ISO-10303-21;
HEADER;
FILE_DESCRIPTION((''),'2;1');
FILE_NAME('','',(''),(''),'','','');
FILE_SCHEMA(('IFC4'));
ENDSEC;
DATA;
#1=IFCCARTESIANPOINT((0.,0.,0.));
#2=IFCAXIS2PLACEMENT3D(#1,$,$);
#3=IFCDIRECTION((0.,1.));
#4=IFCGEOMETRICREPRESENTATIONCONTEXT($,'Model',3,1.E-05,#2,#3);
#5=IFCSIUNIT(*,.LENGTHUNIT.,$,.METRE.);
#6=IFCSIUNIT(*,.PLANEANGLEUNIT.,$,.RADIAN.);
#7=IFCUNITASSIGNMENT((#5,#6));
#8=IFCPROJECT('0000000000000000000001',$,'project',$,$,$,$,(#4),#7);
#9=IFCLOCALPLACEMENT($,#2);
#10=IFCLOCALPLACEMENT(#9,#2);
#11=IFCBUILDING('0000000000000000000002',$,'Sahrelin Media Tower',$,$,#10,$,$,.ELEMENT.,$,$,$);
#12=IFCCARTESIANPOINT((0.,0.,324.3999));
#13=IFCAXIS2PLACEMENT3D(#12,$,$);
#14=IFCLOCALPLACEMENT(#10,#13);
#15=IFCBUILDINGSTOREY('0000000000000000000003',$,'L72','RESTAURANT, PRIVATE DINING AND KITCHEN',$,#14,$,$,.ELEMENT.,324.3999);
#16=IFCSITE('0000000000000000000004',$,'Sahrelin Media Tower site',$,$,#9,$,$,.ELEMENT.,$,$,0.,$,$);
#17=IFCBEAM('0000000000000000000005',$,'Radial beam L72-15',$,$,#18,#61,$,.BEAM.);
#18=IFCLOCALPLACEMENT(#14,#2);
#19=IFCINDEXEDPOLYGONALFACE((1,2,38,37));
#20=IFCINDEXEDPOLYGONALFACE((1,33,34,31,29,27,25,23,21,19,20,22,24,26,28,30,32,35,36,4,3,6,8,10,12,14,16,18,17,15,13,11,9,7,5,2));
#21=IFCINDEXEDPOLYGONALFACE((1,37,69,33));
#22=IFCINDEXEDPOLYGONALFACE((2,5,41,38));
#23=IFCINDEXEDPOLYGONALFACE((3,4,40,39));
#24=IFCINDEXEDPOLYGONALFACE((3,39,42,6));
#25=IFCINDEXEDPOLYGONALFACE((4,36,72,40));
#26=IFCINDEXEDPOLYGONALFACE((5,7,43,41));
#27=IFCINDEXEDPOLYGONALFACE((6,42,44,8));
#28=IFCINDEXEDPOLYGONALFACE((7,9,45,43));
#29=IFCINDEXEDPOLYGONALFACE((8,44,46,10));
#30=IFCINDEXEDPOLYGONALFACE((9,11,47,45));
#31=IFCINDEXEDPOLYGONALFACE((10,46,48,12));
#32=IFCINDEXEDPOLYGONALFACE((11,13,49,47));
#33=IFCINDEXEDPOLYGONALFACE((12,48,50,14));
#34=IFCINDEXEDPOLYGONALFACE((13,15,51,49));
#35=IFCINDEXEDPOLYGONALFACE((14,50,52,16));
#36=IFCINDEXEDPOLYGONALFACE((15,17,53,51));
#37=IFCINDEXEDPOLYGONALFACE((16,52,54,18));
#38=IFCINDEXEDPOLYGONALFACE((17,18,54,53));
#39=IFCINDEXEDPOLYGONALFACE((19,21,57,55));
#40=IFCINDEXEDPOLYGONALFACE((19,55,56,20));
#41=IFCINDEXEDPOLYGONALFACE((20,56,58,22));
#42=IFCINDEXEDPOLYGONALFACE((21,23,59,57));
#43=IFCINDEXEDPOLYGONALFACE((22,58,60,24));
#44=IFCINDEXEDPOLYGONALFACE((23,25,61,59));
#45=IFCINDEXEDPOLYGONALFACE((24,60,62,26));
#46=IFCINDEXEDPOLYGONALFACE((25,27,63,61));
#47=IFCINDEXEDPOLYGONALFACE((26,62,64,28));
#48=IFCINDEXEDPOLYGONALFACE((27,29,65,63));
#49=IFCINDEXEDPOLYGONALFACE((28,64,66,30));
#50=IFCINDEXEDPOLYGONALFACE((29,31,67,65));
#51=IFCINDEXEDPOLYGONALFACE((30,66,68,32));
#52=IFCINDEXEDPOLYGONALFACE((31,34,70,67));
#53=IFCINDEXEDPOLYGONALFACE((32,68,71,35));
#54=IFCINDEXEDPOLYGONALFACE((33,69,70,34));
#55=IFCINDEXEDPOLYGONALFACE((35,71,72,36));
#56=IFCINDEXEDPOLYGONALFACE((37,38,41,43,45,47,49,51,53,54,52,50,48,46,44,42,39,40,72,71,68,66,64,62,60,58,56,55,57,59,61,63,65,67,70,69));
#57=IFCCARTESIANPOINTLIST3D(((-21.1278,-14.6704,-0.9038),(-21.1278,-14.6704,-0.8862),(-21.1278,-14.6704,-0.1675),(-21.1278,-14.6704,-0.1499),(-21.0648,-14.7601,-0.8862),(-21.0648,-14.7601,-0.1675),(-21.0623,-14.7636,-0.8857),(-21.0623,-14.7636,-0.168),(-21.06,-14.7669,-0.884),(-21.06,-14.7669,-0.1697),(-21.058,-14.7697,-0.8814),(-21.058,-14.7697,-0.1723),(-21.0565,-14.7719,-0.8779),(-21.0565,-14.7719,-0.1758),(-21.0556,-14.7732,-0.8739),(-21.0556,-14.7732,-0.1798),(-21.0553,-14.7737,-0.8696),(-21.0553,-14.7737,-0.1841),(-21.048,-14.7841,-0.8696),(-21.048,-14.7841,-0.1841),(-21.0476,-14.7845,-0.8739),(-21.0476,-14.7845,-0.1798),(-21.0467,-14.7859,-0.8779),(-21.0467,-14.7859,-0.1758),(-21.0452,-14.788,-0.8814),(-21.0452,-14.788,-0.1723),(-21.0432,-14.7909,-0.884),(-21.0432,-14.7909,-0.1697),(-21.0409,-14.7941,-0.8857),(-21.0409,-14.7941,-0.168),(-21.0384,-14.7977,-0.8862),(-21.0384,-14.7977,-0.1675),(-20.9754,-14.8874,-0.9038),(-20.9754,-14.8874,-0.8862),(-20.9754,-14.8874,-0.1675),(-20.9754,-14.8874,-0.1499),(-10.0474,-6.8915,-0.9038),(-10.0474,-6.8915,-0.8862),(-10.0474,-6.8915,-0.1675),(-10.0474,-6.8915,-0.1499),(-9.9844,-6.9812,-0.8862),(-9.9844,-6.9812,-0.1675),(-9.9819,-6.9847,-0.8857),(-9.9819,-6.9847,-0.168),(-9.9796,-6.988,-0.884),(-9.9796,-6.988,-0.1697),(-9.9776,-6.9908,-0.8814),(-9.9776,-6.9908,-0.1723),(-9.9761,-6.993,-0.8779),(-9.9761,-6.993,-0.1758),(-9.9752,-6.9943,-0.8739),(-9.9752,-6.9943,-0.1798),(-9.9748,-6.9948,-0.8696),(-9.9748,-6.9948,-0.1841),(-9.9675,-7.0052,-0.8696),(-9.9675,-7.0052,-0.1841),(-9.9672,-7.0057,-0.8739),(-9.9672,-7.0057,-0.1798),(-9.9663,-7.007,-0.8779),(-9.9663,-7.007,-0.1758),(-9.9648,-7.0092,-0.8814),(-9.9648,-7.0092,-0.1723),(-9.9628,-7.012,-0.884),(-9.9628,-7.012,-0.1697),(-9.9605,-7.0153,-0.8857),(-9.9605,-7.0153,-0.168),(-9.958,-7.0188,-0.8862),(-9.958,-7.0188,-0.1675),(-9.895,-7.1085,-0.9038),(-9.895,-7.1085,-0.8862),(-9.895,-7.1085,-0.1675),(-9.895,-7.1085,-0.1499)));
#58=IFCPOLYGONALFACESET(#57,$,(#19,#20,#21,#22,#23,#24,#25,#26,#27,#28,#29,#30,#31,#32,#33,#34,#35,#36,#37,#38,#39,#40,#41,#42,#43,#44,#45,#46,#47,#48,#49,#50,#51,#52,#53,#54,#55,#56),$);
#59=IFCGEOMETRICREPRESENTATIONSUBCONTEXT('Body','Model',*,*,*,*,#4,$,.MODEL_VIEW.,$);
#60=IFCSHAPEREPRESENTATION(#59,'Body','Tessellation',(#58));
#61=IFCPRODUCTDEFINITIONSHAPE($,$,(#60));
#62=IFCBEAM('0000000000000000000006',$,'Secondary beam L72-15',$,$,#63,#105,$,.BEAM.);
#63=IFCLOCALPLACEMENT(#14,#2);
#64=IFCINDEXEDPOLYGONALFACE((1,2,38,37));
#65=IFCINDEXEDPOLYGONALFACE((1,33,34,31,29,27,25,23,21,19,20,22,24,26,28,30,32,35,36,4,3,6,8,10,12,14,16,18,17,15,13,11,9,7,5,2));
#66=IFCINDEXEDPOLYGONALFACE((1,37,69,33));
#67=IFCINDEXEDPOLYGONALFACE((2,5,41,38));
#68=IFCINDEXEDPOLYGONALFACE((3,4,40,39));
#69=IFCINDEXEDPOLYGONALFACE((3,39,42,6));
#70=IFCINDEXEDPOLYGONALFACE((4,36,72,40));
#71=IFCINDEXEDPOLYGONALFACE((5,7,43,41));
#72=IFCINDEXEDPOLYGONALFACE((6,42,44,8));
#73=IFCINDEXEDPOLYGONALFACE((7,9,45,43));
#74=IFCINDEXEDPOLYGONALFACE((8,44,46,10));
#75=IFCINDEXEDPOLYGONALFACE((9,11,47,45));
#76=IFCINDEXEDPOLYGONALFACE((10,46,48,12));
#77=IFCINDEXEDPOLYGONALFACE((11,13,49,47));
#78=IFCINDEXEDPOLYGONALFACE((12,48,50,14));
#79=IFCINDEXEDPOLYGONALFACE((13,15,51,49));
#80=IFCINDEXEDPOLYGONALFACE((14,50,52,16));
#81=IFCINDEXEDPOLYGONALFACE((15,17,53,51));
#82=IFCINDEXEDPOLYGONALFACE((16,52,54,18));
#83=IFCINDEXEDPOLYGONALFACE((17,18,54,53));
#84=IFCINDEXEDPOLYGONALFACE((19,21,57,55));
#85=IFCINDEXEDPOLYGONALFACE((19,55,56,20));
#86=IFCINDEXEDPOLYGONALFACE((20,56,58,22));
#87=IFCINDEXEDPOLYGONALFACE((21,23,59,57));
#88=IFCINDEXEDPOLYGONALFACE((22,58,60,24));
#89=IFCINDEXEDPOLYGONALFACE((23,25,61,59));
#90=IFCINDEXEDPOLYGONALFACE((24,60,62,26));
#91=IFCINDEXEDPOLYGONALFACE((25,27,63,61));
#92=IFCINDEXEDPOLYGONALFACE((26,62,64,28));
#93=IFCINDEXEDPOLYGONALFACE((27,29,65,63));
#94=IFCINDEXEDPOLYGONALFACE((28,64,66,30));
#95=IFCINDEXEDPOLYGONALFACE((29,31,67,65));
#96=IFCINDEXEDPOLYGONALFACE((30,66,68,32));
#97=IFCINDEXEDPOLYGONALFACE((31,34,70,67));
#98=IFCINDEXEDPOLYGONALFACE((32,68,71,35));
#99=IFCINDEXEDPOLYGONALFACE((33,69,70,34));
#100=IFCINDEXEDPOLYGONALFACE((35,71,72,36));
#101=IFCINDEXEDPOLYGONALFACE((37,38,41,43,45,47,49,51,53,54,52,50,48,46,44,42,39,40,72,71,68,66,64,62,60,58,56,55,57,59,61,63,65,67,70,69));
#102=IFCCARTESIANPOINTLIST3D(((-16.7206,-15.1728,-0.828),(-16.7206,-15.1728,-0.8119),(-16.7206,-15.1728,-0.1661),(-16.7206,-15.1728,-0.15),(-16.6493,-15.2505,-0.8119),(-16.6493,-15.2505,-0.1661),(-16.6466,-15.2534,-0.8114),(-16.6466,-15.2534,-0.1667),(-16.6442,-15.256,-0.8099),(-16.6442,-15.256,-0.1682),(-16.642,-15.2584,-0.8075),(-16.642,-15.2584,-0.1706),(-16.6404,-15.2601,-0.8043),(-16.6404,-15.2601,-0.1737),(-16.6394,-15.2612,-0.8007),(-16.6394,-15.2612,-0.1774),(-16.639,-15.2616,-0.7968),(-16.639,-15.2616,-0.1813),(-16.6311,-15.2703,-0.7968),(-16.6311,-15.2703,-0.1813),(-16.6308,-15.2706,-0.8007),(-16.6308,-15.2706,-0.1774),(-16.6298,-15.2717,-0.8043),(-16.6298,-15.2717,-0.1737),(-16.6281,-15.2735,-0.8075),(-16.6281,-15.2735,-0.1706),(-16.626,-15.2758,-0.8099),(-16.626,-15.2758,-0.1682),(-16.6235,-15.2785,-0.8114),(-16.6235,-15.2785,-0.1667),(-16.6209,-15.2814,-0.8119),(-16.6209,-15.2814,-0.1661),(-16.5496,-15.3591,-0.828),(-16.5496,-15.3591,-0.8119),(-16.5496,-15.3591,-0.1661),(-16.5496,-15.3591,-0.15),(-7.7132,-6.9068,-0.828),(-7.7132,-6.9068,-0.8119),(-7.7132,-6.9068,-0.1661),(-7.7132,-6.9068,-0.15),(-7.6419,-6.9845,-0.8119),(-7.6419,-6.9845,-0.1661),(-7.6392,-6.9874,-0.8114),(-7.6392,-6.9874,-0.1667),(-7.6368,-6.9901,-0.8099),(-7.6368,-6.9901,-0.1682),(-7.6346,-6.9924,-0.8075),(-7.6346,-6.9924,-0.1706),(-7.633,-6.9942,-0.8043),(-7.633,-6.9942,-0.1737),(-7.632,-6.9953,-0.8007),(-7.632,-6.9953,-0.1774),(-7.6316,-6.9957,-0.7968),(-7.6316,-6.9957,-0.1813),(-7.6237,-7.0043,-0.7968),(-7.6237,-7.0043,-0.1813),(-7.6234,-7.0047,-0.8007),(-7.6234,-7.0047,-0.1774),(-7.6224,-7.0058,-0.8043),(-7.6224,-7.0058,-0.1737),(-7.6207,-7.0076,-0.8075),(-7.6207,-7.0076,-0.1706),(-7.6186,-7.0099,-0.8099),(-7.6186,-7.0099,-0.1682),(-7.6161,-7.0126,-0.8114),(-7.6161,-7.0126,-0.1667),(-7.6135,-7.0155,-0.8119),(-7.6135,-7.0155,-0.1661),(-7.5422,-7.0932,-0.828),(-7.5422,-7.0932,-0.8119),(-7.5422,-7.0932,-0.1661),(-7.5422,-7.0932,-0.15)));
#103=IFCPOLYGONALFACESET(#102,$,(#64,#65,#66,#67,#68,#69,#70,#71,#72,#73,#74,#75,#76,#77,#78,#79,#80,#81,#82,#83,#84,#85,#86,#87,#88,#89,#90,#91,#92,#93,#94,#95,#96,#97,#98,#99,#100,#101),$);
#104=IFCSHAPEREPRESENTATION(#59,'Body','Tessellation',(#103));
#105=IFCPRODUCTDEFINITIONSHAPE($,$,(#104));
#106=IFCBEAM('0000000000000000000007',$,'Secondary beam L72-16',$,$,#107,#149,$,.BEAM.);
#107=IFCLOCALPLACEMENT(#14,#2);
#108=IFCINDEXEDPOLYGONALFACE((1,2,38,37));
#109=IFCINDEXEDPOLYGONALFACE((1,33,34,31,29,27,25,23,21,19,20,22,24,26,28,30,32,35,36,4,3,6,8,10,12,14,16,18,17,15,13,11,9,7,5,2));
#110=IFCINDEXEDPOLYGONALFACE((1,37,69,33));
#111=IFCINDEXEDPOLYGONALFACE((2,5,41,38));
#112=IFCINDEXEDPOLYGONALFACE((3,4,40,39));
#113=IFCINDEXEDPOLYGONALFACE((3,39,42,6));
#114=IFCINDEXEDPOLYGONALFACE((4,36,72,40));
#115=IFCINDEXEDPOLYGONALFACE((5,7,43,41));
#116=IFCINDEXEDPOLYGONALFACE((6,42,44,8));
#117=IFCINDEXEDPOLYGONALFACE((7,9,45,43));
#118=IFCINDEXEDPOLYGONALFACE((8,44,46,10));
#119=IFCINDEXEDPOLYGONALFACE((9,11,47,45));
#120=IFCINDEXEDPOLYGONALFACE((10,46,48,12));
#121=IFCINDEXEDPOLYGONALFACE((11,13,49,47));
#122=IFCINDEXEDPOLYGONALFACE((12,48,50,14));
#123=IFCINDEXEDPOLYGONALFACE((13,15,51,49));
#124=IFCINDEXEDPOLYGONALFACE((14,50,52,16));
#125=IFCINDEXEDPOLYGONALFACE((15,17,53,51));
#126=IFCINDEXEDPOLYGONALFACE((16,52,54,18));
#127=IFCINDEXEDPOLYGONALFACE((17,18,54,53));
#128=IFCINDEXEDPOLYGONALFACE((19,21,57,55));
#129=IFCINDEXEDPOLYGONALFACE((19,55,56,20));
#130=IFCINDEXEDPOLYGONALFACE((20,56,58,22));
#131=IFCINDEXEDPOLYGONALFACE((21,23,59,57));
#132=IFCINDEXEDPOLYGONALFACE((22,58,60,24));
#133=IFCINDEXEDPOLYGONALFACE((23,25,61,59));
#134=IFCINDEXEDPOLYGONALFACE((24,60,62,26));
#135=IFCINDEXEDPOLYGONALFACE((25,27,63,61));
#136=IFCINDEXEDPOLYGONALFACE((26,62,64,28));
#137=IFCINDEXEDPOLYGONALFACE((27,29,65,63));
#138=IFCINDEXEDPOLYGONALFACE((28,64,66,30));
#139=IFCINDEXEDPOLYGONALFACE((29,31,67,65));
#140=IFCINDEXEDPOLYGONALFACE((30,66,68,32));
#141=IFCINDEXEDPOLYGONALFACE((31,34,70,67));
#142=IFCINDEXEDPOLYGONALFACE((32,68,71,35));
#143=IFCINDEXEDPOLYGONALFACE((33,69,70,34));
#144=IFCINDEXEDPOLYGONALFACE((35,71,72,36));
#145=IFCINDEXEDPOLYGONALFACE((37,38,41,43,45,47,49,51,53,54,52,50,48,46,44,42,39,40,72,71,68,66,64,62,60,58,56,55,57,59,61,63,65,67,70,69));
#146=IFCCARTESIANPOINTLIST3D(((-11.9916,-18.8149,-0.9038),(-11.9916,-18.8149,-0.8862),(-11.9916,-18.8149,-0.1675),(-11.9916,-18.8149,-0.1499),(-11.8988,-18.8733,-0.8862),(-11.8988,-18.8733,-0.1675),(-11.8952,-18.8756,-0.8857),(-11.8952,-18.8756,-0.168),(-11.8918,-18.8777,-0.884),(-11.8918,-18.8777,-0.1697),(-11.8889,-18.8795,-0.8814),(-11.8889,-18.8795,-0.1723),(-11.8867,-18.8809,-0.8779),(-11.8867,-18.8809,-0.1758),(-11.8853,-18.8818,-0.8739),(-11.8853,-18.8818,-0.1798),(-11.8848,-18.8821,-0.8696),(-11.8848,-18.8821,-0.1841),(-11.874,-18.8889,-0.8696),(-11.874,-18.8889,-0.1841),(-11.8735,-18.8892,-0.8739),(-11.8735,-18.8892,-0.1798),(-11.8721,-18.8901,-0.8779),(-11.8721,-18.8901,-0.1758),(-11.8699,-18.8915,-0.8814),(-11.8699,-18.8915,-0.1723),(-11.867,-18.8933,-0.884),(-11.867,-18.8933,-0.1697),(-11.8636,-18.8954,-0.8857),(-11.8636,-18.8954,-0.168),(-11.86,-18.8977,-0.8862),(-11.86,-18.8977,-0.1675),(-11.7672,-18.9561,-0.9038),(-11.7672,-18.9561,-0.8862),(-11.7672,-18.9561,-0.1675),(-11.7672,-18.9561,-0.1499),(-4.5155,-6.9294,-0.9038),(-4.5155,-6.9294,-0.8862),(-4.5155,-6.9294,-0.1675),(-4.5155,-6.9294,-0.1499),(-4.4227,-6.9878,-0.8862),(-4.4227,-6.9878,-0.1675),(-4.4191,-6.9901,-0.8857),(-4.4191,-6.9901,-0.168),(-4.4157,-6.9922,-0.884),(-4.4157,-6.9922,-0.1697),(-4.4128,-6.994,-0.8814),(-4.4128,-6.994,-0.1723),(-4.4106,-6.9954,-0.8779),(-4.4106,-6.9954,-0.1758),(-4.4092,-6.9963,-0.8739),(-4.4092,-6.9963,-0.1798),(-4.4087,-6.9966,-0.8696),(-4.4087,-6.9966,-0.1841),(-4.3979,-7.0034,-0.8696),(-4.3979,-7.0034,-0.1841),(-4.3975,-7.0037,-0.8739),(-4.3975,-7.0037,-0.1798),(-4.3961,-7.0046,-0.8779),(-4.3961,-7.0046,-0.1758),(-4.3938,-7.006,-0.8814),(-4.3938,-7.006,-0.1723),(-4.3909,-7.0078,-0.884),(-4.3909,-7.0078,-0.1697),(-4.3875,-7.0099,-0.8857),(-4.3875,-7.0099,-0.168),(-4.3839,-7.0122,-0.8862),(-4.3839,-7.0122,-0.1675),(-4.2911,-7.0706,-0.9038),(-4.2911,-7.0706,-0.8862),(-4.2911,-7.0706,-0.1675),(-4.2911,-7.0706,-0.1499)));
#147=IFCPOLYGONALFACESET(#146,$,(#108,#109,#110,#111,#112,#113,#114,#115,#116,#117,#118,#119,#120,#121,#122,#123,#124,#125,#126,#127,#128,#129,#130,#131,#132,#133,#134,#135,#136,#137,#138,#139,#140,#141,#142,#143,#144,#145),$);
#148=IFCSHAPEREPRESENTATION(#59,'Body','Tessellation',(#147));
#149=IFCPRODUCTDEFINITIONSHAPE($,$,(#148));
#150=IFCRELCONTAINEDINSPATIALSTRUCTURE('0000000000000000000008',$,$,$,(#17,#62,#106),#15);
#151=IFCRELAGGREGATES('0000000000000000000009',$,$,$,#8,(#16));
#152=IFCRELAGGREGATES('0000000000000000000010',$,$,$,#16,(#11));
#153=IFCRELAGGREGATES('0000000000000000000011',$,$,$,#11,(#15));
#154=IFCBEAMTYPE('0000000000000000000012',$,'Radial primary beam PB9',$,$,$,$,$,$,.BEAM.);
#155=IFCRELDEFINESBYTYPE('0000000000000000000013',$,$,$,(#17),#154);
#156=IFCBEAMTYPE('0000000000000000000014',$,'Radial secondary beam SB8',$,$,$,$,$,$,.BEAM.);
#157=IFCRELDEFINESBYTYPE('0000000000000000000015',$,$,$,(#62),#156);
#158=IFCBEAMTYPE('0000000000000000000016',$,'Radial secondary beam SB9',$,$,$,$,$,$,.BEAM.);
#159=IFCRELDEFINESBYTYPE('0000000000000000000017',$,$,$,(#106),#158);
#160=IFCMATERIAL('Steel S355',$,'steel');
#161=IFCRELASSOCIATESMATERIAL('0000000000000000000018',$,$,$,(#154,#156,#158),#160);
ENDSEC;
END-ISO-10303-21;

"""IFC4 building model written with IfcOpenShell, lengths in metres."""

from ifc_helpers import new_model, si_unit, direction, frame, origin, origin_2d, place, context, subcontext, project, spatial, i_section, extrude, material, material_profile, profile_set, type_object, element, save


model = new_model("IFC4")

# Units and contexts
model_context = context("Model", 3, precision=1e-05, world=origin(), true_north=direction((0.0, 1.0)))
body_context = subcontext(model_context, "Body", "Model", "MODEL_VIEW")
ifc_project = project(units=[si_unit("LENGTHUNIT", "METRE"), si_unit("PLANEANGLEUNIT", "RADIAN")], contexts=[model_context])

# Site, building, storey
site_placement = place(None, origin())
site = spatial("IfcSite", under=ifc_project, at=site_placement, Name="Sahrelin Media Tower site", CompositionType="ELEMENT", RefElevation=0.0)
building_placement = place(site_placement, origin())
building = spatial("IfcBuilding", under=site, at=building_placement, Name="Sahrelin Media Tower", CompositionType="ELEMENT")
storey_placement = place(building_placement, frame((0.0, 0.0, 324.3999)))
storey = spatial("IfcBuildingStorey", under=building, at=storey_placement, Name="L72", Description="RESTAURANT, PRIVATE DINING AND KITCHEN", CompositionType="ELEMENT", Elevation=324.3999)

# Shared definitions
ifc_material_1 = material(Name="Steel S355", Category="steel")

# Beams
ifc_material_profile_1 = material_profile(ifc_material_1, i_section(OverallWidth=0.2651, OverallDepth=0.7539, WebThickness=0.0127, FlangeThickness=0.0176, FilletRadius=0.0166, at=origin_2d()), Name="UB 762x267x147")
ifc_profile_set_1 = profile_set([ifc_material_profile_1], Name="Steel S355")
beam_type_1 = type_object("IfcBeamType", Name="Radial primary beam PB9", PredefinedType="BEAM", material=ifc_profile_set_1)
beam_1_placement = place(storey_placement, frame((-9.9712, -7.0, -0.5269), z_axis=(-0.818447, -0.574581, 0.0), x_axis=(0.574581, -0.818447, 0.0)))
element("IfcBeam", 1, at=beam_1_placement, inside=storey, type_object=beam_type_1, Name="Radial beam L72-15", PredefinedType="BEAM", context=body_context, shape_type="SweptSolid", body=[
    extrude(i_section(OverallWidth=0.2651, OverallDepth=0.7539, WebThickness=0.0127, FlangeThickness=0.0176, FilletRadius=0.0166, at=origin_2d()), origin(), (0.0, 0.0, 1.0), 13.5383),
])
ifc_material_profile_2 = material_profile(ifc_material_1, i_section(OverallWidth=0.2529, OverallDepth=0.678, WebThickness=0.0117, FlangeThickness=0.0161, FilletRadius=0.0151, at=origin_2d()), Name="UB 686x254x125")
ifc_profile_set_2 = profile_set([ifc_material_profile_2], Name="Steel S355")
beam_type_2 = type_object("IfcBeamType", Name="Radial secondary beam SB8", PredefinedType="BEAM", material=ifc_profile_set_2)
beam_2_placement = place(storey_placement, frame((-7.6277, -7.0, -0.489), z_axis=(-0.736781, -0.676131, 0.0), x_axis=(0.676131, -0.736781, 0.0)))
element("IfcBeam", 2, at=beam_2_placement, inside=storey, type_object=beam_type_2, Name="Secondary beam L72-15", PredefinedType="BEAM", context=body_context, shape_type="SweptSolid", body=[
    extrude(i_section(OverallWidth=0.2529, OverallDepth=0.678, WebThickness=0.0117, FlangeThickness=0.0161, FilletRadius=0.0151, at=origin_2d()), origin(), (0.0, 0.0, 1.0), 12.2253),
])
ifc_material_profile_3 = material_profile(ifc_material_1, i_section(OverallWidth=0.2651, OverallDepth=0.7539, WebThickness=0.0127, FlangeThickness=0.0176, FilletRadius=0.0166, at=origin_2d()), Name="UB 762x267x147")
ifc_profile_set_3 = profile_set([ifc_material_profile_3], Name="Steel S355")
beam_type_3 = type_object("IfcBeamType", Name="Radial secondary beam SB9", PredefinedType="BEAM", material=ifc_profile_set_3)
beam_3_placement = place(storey_placement, frame((-4.4033, -7.0, -0.5269), z_axis=(-0.532436, -0.84647, 0.0), x_axis=(0.84647, -0.532436, 0.0)))
element("IfcBeam", 3, at=beam_3_placement, inside=storey, type_object=beam_type_3, Name="Secondary beam L72-16", PredefinedType="BEAM", context=body_context, shape_type="SweptSolid", body=[
    extrude(i_section(OverallWidth=0.2651, OverallDepth=0.7539, WebThickness=0.0127, FlangeThickness=0.0176, FilletRadius=0.0166, at=origin_2d()), origin(), (0.0, 0.0, 1.0), 14.0413),
])

save(model, "model.ifc")
